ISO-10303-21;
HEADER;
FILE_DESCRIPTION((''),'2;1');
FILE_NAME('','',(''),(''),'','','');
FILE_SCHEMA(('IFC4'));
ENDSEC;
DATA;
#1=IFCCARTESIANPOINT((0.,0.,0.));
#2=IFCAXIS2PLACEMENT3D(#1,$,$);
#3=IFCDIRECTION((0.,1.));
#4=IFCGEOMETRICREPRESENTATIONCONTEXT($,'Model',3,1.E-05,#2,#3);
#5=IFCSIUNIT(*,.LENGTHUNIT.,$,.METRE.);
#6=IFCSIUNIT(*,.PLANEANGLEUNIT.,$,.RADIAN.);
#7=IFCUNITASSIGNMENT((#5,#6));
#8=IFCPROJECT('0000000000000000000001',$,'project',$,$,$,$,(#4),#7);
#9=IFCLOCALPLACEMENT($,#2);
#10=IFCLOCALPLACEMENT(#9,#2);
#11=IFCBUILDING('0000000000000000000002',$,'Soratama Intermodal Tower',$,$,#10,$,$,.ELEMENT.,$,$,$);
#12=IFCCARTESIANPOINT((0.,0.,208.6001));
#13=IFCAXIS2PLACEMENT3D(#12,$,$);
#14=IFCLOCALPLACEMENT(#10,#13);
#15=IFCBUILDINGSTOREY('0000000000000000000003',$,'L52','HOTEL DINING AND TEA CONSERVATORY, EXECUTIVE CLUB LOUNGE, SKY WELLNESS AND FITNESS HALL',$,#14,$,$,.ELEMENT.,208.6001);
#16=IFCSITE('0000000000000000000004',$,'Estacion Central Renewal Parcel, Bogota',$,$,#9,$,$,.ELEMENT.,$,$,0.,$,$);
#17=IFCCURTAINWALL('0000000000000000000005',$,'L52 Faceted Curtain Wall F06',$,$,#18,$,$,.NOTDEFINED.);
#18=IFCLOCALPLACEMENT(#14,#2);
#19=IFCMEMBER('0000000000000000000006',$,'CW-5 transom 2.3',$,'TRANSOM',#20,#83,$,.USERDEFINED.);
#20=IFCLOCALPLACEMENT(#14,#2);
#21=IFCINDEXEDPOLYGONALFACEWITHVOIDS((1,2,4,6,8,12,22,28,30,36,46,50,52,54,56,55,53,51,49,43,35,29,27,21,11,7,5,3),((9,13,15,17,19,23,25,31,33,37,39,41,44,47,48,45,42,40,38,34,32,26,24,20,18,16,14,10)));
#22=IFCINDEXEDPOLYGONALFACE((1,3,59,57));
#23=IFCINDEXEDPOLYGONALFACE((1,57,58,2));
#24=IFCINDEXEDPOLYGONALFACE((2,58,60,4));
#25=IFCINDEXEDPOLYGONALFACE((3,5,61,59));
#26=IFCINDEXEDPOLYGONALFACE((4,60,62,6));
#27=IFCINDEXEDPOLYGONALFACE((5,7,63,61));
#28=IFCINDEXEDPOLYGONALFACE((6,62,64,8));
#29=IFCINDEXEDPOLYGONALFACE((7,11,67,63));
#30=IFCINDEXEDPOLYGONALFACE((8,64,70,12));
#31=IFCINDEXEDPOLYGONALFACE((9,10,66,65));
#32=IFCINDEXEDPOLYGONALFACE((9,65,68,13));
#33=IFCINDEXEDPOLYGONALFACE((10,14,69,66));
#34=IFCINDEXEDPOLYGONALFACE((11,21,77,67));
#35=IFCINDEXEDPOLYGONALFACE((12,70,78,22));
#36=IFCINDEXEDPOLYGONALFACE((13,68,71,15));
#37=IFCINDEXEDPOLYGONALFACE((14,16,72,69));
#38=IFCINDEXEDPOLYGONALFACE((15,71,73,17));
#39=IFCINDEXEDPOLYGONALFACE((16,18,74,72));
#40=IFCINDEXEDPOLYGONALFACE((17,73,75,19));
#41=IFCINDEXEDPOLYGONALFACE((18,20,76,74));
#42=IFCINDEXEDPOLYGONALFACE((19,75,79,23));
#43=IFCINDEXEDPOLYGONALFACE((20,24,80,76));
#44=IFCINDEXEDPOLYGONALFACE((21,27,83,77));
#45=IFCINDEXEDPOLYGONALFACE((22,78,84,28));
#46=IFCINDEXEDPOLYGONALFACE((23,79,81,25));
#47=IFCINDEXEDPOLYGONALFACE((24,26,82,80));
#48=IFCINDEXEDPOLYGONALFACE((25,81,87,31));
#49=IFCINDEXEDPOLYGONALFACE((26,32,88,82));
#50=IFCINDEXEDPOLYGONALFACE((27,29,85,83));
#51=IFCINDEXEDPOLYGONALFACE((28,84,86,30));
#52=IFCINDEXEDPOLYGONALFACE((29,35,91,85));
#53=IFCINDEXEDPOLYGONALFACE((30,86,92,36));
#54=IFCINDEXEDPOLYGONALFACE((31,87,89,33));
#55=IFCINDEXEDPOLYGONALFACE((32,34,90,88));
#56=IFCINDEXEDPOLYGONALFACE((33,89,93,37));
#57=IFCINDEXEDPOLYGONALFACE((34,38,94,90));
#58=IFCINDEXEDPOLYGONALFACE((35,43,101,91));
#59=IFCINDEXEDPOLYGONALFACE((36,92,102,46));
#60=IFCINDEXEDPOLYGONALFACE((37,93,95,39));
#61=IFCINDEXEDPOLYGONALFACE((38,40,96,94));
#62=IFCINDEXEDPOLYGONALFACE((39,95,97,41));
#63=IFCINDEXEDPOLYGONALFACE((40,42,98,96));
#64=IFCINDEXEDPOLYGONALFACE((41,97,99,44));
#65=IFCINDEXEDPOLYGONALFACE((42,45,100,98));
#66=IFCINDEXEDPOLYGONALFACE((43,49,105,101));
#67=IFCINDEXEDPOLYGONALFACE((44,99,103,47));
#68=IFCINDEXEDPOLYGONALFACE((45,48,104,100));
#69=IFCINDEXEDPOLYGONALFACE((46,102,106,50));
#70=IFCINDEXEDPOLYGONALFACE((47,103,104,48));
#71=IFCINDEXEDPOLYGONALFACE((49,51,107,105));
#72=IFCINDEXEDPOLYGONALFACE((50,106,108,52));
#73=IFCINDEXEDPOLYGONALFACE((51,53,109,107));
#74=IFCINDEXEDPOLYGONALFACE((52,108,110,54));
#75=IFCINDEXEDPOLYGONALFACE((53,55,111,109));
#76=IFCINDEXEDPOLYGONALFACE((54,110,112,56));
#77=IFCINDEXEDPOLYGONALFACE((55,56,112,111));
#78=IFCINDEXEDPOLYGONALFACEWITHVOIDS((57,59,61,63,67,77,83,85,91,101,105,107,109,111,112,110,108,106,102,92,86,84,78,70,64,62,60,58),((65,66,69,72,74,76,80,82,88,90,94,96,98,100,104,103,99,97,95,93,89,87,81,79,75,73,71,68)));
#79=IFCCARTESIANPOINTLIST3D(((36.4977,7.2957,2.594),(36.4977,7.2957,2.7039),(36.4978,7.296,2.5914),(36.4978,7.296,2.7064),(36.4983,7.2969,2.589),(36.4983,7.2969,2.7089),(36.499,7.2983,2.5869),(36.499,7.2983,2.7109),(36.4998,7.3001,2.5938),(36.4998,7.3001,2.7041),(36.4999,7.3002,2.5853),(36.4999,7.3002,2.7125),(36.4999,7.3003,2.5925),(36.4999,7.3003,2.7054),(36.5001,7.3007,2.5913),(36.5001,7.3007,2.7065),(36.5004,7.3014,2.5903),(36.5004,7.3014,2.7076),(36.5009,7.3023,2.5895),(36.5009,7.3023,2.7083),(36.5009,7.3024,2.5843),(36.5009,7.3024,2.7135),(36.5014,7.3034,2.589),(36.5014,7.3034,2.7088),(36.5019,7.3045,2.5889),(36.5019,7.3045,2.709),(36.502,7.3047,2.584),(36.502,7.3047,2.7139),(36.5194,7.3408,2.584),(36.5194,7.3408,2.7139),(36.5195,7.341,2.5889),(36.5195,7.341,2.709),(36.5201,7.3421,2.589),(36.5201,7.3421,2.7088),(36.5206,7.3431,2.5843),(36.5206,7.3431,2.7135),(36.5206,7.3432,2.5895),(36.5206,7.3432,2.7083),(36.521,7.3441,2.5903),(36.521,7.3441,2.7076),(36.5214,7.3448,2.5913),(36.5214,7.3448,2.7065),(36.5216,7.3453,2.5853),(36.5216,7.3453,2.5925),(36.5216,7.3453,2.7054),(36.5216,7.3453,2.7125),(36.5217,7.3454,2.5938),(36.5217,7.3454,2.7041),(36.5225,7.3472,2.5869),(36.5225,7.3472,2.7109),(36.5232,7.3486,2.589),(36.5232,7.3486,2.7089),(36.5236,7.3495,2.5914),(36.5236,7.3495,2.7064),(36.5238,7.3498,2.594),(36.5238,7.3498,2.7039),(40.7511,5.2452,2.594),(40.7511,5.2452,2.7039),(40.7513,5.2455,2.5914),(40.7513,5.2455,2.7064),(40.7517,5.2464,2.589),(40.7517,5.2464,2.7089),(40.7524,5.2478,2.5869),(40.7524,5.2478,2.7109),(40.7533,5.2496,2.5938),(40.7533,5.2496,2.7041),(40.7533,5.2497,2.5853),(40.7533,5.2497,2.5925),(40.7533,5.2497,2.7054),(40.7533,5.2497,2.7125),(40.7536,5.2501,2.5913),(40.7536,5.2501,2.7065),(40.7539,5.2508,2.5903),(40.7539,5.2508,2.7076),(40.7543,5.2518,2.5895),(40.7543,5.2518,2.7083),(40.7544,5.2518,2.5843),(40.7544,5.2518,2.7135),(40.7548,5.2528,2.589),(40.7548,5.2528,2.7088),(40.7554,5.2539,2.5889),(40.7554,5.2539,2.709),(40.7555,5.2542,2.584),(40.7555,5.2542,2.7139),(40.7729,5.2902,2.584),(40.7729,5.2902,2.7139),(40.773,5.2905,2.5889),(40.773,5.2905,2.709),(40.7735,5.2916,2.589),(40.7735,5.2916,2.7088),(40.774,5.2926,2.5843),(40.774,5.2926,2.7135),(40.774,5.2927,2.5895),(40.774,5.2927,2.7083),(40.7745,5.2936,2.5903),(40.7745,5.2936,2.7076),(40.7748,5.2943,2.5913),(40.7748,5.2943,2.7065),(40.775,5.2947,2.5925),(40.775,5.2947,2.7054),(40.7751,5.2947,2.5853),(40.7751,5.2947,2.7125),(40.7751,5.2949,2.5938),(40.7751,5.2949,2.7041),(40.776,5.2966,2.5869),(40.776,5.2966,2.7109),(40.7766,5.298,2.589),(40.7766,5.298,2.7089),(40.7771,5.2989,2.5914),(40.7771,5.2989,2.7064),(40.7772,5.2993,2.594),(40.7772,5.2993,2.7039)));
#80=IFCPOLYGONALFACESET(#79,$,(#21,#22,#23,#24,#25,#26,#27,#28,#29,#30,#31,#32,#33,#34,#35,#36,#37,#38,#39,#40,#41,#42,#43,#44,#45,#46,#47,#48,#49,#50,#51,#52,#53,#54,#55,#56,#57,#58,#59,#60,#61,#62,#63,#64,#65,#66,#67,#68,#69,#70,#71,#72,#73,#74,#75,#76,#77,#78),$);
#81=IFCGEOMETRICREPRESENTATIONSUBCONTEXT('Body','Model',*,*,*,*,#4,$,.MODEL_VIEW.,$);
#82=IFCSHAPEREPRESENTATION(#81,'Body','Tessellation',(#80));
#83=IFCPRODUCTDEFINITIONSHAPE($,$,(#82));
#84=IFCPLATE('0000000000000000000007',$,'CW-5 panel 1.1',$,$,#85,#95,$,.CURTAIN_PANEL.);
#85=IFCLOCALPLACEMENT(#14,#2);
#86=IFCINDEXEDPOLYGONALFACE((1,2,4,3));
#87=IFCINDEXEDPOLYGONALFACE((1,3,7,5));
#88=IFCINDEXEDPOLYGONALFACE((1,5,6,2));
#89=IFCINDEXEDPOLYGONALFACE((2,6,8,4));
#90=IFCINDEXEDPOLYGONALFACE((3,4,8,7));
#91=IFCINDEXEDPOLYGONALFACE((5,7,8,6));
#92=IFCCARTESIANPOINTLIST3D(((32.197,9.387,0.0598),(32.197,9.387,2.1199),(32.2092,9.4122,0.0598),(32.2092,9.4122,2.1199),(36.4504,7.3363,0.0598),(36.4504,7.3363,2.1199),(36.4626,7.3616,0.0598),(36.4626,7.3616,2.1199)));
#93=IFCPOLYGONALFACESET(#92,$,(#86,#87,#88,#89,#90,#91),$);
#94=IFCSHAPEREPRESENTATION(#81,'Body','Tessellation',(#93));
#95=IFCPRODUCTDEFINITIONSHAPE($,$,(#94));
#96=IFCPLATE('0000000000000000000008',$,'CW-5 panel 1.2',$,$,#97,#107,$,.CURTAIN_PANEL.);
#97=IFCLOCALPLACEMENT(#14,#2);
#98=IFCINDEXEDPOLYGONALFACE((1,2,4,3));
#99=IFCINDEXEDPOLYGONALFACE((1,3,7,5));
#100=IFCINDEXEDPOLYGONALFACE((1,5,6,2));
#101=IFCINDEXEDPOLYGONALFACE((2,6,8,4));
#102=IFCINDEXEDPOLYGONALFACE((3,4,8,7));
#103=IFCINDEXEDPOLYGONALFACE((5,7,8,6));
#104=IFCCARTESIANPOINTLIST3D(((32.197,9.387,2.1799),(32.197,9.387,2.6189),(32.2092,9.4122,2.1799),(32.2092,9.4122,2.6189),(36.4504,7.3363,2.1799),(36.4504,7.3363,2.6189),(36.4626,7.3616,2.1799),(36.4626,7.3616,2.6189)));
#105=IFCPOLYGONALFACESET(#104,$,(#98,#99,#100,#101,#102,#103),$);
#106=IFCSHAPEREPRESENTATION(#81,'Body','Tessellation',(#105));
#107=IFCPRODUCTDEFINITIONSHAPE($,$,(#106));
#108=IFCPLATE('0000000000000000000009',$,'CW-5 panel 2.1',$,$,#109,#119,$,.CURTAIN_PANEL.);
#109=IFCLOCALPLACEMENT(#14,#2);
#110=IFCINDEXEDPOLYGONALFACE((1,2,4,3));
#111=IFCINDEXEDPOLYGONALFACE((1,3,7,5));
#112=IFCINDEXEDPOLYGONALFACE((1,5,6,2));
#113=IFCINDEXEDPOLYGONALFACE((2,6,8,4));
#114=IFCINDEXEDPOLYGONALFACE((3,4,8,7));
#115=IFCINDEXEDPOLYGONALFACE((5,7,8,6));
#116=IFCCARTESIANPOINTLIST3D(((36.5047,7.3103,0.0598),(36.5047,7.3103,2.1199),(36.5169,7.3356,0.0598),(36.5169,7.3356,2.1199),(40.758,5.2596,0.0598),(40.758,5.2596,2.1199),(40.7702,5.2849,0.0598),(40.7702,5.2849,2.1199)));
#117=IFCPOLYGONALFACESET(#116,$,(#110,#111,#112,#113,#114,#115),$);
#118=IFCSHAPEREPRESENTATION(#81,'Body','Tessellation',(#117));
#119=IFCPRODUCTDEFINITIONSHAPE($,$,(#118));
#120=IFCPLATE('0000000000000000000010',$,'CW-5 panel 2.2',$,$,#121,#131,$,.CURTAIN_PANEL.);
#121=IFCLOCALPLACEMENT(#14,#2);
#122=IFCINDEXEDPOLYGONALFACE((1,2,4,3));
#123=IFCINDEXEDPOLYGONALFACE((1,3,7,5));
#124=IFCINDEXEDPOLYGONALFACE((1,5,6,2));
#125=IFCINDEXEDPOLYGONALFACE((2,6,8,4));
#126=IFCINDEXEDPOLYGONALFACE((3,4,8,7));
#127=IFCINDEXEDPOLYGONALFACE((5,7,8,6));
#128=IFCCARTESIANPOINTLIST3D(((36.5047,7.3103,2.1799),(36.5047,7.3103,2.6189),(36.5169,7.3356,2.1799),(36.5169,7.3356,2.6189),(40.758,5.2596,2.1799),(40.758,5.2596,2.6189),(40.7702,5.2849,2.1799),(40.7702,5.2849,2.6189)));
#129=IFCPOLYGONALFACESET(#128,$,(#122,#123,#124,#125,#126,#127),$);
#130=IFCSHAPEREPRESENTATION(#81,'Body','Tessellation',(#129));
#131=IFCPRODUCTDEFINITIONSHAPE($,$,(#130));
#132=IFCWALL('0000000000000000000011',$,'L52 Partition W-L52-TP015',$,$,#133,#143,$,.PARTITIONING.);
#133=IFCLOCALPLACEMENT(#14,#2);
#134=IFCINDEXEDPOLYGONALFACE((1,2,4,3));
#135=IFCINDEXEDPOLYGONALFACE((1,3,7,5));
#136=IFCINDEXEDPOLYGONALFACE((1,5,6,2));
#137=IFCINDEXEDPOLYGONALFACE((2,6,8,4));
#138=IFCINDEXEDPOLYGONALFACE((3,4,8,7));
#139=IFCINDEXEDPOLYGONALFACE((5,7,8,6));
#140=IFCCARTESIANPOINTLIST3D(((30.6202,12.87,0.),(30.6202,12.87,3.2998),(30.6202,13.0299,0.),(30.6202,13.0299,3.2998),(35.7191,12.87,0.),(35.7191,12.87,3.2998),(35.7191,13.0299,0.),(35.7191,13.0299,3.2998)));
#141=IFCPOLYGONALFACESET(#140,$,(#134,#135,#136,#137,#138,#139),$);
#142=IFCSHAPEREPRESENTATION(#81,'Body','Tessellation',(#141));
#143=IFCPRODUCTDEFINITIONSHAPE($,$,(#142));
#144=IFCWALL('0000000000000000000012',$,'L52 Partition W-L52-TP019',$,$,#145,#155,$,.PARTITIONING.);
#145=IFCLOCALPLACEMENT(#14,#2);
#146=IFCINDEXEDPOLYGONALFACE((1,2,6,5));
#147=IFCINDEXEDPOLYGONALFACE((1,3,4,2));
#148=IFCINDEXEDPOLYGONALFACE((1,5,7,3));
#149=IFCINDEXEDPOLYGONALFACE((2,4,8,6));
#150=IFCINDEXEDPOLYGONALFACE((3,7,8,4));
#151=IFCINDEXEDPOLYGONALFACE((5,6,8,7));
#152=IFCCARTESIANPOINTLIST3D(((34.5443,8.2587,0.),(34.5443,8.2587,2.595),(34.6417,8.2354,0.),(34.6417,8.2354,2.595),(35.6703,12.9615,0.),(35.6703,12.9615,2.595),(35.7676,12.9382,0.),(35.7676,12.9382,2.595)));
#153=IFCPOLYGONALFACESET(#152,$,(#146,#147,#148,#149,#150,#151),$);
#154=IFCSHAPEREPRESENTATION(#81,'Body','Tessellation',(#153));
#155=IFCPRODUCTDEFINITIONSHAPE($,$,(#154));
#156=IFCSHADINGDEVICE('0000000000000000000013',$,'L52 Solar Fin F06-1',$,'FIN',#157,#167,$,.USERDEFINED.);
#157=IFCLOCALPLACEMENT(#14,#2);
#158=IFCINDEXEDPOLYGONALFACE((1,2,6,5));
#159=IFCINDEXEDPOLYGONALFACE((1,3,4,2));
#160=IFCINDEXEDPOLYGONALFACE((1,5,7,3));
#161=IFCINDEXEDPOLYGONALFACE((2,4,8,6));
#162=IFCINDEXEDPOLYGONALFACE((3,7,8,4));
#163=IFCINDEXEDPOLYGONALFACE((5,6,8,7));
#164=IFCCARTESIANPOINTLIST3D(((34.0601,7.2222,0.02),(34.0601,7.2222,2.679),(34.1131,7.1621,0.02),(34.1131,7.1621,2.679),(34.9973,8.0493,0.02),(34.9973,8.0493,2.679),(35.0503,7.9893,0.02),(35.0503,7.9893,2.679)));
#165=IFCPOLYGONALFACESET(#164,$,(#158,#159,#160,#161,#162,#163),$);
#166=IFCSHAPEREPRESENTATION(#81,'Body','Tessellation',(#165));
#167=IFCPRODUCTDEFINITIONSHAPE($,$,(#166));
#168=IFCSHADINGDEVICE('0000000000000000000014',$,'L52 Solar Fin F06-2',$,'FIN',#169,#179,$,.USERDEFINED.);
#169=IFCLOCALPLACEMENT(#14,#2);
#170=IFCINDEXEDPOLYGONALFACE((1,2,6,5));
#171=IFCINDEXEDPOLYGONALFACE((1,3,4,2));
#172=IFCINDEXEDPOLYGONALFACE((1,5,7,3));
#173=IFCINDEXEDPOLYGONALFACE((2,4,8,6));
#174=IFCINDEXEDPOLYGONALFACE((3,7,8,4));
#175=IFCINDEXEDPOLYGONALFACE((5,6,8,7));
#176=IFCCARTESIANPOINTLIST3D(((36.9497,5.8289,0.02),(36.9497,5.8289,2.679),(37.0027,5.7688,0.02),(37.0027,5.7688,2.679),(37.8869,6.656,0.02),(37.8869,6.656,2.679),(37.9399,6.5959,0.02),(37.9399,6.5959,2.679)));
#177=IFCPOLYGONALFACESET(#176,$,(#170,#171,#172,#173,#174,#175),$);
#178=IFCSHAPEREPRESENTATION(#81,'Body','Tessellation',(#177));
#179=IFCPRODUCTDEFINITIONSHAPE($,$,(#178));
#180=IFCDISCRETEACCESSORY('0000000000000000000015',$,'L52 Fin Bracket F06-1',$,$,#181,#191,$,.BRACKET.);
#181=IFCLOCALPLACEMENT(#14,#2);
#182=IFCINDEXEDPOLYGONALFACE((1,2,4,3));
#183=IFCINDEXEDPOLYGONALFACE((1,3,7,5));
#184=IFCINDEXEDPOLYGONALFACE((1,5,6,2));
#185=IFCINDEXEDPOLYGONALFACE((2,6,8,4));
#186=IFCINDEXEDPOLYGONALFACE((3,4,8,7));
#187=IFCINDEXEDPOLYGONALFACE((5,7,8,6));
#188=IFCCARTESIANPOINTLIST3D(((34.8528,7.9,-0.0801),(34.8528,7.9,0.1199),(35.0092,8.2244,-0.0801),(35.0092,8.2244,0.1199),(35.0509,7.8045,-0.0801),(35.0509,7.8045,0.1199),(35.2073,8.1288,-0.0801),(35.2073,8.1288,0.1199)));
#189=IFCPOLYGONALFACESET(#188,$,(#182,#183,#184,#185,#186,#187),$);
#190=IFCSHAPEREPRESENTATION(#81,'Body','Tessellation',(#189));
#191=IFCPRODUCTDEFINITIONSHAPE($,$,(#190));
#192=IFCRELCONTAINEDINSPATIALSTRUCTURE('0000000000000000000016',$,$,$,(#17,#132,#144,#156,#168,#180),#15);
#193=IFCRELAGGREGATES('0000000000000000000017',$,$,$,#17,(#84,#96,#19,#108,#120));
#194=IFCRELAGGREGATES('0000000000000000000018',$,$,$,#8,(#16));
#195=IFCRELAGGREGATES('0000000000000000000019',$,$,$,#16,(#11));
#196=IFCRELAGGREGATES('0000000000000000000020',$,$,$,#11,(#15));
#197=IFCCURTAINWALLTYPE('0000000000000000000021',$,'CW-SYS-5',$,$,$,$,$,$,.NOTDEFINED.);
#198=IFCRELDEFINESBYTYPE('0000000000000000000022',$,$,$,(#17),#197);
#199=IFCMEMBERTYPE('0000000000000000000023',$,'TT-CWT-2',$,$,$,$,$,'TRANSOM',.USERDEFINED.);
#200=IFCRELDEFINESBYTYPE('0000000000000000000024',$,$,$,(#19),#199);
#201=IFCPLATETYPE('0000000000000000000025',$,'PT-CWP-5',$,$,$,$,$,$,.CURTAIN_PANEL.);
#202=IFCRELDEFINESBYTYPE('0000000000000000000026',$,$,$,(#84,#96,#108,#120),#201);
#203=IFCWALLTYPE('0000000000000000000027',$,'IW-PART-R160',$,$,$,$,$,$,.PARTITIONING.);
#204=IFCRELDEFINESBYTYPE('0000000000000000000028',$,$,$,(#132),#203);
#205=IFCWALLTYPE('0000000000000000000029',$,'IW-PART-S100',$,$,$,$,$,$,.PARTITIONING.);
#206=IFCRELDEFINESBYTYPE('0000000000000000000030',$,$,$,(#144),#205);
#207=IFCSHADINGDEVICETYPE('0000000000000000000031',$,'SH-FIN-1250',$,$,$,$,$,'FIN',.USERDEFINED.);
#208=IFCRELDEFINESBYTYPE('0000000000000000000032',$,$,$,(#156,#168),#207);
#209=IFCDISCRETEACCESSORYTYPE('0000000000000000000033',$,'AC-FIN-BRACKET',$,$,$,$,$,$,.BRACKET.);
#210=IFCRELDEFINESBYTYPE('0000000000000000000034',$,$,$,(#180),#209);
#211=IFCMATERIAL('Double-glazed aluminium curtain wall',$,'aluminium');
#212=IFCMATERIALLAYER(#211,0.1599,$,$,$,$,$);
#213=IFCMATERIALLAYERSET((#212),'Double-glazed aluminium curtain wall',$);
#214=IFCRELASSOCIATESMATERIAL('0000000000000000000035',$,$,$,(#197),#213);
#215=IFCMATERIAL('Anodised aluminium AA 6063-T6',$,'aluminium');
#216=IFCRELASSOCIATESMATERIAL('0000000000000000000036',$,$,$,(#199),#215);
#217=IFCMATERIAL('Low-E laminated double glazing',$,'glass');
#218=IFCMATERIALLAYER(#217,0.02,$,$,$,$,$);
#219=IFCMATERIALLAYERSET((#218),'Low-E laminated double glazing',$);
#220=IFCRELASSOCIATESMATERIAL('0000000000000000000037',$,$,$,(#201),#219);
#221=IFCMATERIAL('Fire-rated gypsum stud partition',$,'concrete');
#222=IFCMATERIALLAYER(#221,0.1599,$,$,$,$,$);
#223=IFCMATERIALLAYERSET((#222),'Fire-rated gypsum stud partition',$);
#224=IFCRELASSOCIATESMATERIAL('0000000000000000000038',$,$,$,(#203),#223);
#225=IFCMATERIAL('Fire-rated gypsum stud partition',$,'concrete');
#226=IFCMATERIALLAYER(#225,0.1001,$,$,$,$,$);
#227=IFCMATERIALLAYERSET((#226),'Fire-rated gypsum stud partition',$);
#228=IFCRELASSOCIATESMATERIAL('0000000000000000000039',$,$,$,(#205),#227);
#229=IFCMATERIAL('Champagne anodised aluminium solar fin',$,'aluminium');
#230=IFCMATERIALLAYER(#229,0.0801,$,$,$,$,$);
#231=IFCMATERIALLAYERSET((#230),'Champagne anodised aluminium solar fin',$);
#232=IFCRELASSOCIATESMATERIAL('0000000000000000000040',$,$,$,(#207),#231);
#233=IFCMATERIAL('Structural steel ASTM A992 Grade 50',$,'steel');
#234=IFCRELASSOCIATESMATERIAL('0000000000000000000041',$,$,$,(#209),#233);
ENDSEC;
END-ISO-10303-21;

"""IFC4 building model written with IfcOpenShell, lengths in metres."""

from ifc_helpers import new_model, si_unit, direction, frame, frame_2d, origin, origin_2d, place, context, subcontext, project, spatial, rectangle, hollow_rectangle, extrude, material, layer, layer_set, material_profile, profile_set, type_object, element, aggregate, save


model = new_model("IFC4")

# Units and contexts
model_context = context("Model", 3, precision=1e-05, world=origin(), true_north=direction((0.0, 1.0)))
body_context = subcontext(model_context, "Body", "Model", "MODEL_VIEW")
ifc_project = project(units=[si_unit("LENGTHUNIT", "METRE"), si_unit("PLANEANGLEUNIT", "RADIAN")], contexts=[model_context])

# Site, building, storey
site_placement = place(None, origin())
site = spatial("IfcSite", under=ifc_project, at=site_placement, Name="Estacion Central Renewal Parcel, Bogota", CompositionType="ELEMENT", RefElevation=0.0)
building_placement = place(site_placement, origin())
building = spatial("IfcBuilding", under=site, at=building_placement, Name="Soratama Intermodal Tower", CompositionType="ELEMENT")
storey_placement = place(building_placement, frame((0.0, 0.0, 208.6001)))
storey = spatial("IfcBuildingStorey", under=building, at=storey_placement, Name="L52", Description="HOTEL DINING AND TEA CONSERVATORY, EXECUTIVE CLUB LOUNGE, SKY WELLNESS AND FITNESS HALL", CompositionType="ELEMENT", Elevation=208.6001)

# Curtain wall, member, plates
ifc_material_1 = material(Name="Double-glazed aluminium curtain wall", Category="aluminium")
ifc_layer_1 = layer(ifc_material_1, 0.1599)
ifc_layer_set_1 = layer_set([ifc_layer_1], Name="Double-glazed aluminium curtain wall")
curtain_wall_type = type_object("IfcCurtainWallType", Name="CW-SYS-5", PredefinedType="NOTDEFINED", material=ifc_layer_set_1)
curtain_wall_placement = place(storey_placement, origin())
curtain_wall = element("IfcCurtainWall", 1, at=curtain_wall_placement, inside=storey, type_object=curtain_wall_type, Name="L52 Faceted Curtain Wall F06", PredefinedType="NOTDEFINED")
ifc_material_2 = material(Name="Anodised aluminium AA 6063-T6", Category="aluminium")
ifc_material_profile_1 = material_profile(ifc_material_2, hollow_rectangle(XDim=0.0601, YDim=0.1299, WallThickness=0.0049, InnerFilletRadius=0.0049, OuterFilletRadius=0.01, at=origin_2d()), Name="CWT130X60X5")
ifc_profile_set_1 = profile_set([ifc_material_profile_1], Name="Anodised aluminium AA 6063-T6")
member_type_1 = type_object("IfcMemberType", Name="TT-CWT-2", ElementType="TRANSOM", PredefinedType="USERDEFINED", material=ifc_profile_set_1)
member_1_placement = place(storey_placement, frame((36.5107, 7.3228, 2.6489), z_axis=(0.900787, -0.434262, 0.0), x_axis=(0.434262, 0.900787, 0.0)))
member_1 = element("IfcMember", 2, at=member_1_placement, type_object=member_type_1, Name="CW-5 transom 2.3", ObjectType="TRANSOM", PredefinedType="USERDEFINED", context=body_context, shape_type="SweptSolid", body=[
    extrude(hollow_rectangle(XDim=0.0601, YDim=0.1299, WallThickness=0.0049, InnerFilletRadius=0.0049, OuterFilletRadius=0.01, at=origin_2d()), origin(), (0.0, 0.0, 1.0), 4.7219),
])
ifc_material_3 = material(Name="Low-E laminated double glazing", Category="glass")
ifc_layer_2 = layer(ifc_material_3, 0.02)
ifc_layer_set_2 = layer_set([ifc_layer_2], Name="Low-E laminated double glazing")
plate_type = type_object("IfcPlateType", Name="PT-CWP-5", PredefinedType="CURTAIN_PANEL", material=ifc_layer_set_2)
plate_1_placement = place(storey_placement, frame((34.3298, 8.3743, 0.0598), z_axis=(0.0, 0.0, 1.0), x_axis=(0.900775, -0.434287, 0.0)))
plate_1 = element("IfcPlate", 3, at=plate_1_placement, type_object=plate_type, Name="CW-5 panel 1.1", PredefinedType="CURTAIN_PANEL", context=body_context, shape_type="SweptSolid", body=[
    extrude(rectangle(XDim=4.7219, YDim=0.0281, at=origin_2d()), origin(), (0.0, 0.0, 1.0), 2.0601),
])
plate_2_placement = place(storey_placement, frame((34.3298, 8.3743, 2.1799), z_axis=(0.0, 0.0, 1.0), x_axis=(0.900775, -0.434287, 0.0)))
plate_2 = element("IfcPlate", 4, at=plate_2_placement, type_object=plate_type, Name="CW-5 panel 1.2", PredefinedType="CURTAIN_PANEL", context=body_context, shape_type="SweptSolid", body=[
    extrude(rectangle(XDim=4.7219, YDim=0.0281, at=origin_2d()), origin(), (0.0, 0.0, 1.0), 0.439),
])
plate_3_placement = place(storey_placement, frame((38.6375, 6.2976, 0.0598), z_axis=(0.0, 0.0, 1.0), x_axis=(0.900775, -0.434287, 0.0)))
plate_3 = element("IfcPlate", 5, at=plate_3_placement, type_object=plate_type, Name="CW-5 panel 2.1", PredefinedType="CURTAIN_PANEL", context=body_context, shape_type="SweptSolid", body=[
    extrude(rectangle(XDim=4.7219, YDim=0.0281, at=origin_2d()), origin(), (0.0, 0.0, 1.0), 2.0601),
])
plate_4_placement = place(storey_placement, frame((38.6375, 6.2976, 2.1799), z_axis=(0.0, 0.0, 1.0), x_axis=(0.900775, -0.434287, 0.0)))
plate_4 = element("IfcPlate", 6, at=plate_4_placement, type_object=plate_type, Name="CW-5 panel 2.2", PredefinedType="CURTAIN_PANEL", context=body_context, shape_type="SweptSolid", body=[
    extrude(rectangle(XDim=4.7219, YDim=0.0281, at=origin_2d()), origin(), (0.0, 0.0, 1.0), 0.439),
])
aggregate(curtain_wall, [plate_1, plate_2, member_1, plate_3, plate_4])

# Walls
ifc_material_4 = material(Name="Fire-rated gypsum stud partition", Category="concrete")
ifc_layer_3 = layer(ifc_material_4, 0.1599)
ifc_layer_set_3 = layer_set([ifc_layer_3], Name="Fire-rated gypsum stud partition")
wall_type_1 = type_object("IfcWallType", Name="IW-PART-R160", PredefinedType="PARTITIONING", material=ifc_layer_set_3)
wall_1_placement = place(storey_placement, frame((35.719, 12.95, 0.0), z_axis=(0.0, 0.0, 1.0), x_axis=(-1.0, 0.0, 0.0)))
element("IfcWall", 7, at=wall_1_placement, inside=storey, type_object=wall_type_1, Name="L52 Partition W-L52-TP015", PredefinedType="PARTITIONING", context=body_context, shape_type="SweptSolid", body=[
    extrude(rectangle(XDim=5.0989, YDim=0.1599, at=frame_2d((2.5493, 0.0))), origin(), (0.0, 0.0, 1.0), 3.2998),
])
ifc_material_5 = material(Name="Fire-rated gypsum stud partition", Category="concrete")
ifc_layer_4 = layer(ifc_material_5, 0.1001)
ifc_layer_set_4 = layer_set([ifc_layer_4], Name="Fire-rated gypsum stud partition")
wall_type_2 = type_object("IfcWallType", Name="IW-PART-S100", PredefinedType="PARTITIONING", material=ifc_layer_set_4)
wall_2_placement = place(storey_placement, frame((35.719, 12.95, 0.0), z_axis=(0.0, 0.0, 1.0), x_axis=(-0.232842, -0.972515, 0.0)))
element("IfcWall", 8, at=wall_2_placement, inside=storey, type_object=wall_type_2, Name="L52 Partition W-L52-TP019", PredefinedType="PARTITIONING", context=body_context, shape_type="SweptSolid", body=[
    extrude(rectangle(XDim=4.8357, YDim=0.1001, at=frame_2d((2.418, 0.0))), origin(), (0.0, 0.0, 1.0), 2.595),
])

# Shading devices
ifc_material_6 = material(Name="Champagne anodised aluminium solar fin", Category="aluminium")
ifc_layer_5 = layer(ifc_material_6, 0.0801)
ifc_layer_set_5 = layer_set([ifc_layer_5], Name="Champagne anodised aluminium solar fin")
shading_device_type = type_object("IfcShadingDeviceType", Name="SH-FIN-1250", ElementType="FIN", PredefinedType="USERDEFINED", material=ifc_layer_set_5)
for number, where, z_axis, x_axis, name in (
    (9, (34.5552, 7.6057, 0.02), (0.0, 0.0, 1.0), (-0.749765, -0.661705, 0.0), "L52 Solar Fin F06-1"),
    (10, (37.4448, 6.2124, 0.02), (0.0, 0.0, 1.0), (-0.749765, -0.661705, 0.0), "L52 Solar Fin F06-2"),
):
    element("IfcShadingDevice", number, at=place(storey_placement, frame(where, z_axis=z_axis, x_axis=x_axis)), inside=storey, type_object=shading_device_type, Name=name, ObjectType="FIN", PredefinedType="USERDEFINED", context=body_context, shape_type="SweptSolid", body=[
        extrude(rectangle(XDim=1.25, YDim=0.0801, at=origin_2d()), origin(), (0.0, 0.0, 1.0), 2.6589),
    ])

# Discrete accessory
ifc_material_7 = material(Name="Structural steel ASTM A992 Grade 50", Category="steel")
discrete_accessory_type = type_object("IfcDiscreteAccessoryType", Name="AC-FIN-BRACKET", PredefinedType="BRACKET", material=ifc_material_7)
for number, where, z_axis, x_axis, name in (
    (11, (35.03, 8.0144, -0.0801), (0.0, 0.0, 1.0), (-0.434288, -0.900774, 0.0), "L52 Fin Bracket F06-1"),
):
    element("IfcDiscreteAccessory", number, at=place(storey_placement, frame(where, z_axis=z_axis, x_axis=x_axis)), inside=storey, type_object=discrete_accessory_type, Name=name, PredefinedType="BRACKET", context=body_context, shape_type="SweptSolid", body=[
        extrude(rectangle(XDim=0.3601, YDim=0.22, at=origin_2d()), origin(), (0.0, 0.0, 1.0), 0.2),
    ])

save(model, "model.ifc")
